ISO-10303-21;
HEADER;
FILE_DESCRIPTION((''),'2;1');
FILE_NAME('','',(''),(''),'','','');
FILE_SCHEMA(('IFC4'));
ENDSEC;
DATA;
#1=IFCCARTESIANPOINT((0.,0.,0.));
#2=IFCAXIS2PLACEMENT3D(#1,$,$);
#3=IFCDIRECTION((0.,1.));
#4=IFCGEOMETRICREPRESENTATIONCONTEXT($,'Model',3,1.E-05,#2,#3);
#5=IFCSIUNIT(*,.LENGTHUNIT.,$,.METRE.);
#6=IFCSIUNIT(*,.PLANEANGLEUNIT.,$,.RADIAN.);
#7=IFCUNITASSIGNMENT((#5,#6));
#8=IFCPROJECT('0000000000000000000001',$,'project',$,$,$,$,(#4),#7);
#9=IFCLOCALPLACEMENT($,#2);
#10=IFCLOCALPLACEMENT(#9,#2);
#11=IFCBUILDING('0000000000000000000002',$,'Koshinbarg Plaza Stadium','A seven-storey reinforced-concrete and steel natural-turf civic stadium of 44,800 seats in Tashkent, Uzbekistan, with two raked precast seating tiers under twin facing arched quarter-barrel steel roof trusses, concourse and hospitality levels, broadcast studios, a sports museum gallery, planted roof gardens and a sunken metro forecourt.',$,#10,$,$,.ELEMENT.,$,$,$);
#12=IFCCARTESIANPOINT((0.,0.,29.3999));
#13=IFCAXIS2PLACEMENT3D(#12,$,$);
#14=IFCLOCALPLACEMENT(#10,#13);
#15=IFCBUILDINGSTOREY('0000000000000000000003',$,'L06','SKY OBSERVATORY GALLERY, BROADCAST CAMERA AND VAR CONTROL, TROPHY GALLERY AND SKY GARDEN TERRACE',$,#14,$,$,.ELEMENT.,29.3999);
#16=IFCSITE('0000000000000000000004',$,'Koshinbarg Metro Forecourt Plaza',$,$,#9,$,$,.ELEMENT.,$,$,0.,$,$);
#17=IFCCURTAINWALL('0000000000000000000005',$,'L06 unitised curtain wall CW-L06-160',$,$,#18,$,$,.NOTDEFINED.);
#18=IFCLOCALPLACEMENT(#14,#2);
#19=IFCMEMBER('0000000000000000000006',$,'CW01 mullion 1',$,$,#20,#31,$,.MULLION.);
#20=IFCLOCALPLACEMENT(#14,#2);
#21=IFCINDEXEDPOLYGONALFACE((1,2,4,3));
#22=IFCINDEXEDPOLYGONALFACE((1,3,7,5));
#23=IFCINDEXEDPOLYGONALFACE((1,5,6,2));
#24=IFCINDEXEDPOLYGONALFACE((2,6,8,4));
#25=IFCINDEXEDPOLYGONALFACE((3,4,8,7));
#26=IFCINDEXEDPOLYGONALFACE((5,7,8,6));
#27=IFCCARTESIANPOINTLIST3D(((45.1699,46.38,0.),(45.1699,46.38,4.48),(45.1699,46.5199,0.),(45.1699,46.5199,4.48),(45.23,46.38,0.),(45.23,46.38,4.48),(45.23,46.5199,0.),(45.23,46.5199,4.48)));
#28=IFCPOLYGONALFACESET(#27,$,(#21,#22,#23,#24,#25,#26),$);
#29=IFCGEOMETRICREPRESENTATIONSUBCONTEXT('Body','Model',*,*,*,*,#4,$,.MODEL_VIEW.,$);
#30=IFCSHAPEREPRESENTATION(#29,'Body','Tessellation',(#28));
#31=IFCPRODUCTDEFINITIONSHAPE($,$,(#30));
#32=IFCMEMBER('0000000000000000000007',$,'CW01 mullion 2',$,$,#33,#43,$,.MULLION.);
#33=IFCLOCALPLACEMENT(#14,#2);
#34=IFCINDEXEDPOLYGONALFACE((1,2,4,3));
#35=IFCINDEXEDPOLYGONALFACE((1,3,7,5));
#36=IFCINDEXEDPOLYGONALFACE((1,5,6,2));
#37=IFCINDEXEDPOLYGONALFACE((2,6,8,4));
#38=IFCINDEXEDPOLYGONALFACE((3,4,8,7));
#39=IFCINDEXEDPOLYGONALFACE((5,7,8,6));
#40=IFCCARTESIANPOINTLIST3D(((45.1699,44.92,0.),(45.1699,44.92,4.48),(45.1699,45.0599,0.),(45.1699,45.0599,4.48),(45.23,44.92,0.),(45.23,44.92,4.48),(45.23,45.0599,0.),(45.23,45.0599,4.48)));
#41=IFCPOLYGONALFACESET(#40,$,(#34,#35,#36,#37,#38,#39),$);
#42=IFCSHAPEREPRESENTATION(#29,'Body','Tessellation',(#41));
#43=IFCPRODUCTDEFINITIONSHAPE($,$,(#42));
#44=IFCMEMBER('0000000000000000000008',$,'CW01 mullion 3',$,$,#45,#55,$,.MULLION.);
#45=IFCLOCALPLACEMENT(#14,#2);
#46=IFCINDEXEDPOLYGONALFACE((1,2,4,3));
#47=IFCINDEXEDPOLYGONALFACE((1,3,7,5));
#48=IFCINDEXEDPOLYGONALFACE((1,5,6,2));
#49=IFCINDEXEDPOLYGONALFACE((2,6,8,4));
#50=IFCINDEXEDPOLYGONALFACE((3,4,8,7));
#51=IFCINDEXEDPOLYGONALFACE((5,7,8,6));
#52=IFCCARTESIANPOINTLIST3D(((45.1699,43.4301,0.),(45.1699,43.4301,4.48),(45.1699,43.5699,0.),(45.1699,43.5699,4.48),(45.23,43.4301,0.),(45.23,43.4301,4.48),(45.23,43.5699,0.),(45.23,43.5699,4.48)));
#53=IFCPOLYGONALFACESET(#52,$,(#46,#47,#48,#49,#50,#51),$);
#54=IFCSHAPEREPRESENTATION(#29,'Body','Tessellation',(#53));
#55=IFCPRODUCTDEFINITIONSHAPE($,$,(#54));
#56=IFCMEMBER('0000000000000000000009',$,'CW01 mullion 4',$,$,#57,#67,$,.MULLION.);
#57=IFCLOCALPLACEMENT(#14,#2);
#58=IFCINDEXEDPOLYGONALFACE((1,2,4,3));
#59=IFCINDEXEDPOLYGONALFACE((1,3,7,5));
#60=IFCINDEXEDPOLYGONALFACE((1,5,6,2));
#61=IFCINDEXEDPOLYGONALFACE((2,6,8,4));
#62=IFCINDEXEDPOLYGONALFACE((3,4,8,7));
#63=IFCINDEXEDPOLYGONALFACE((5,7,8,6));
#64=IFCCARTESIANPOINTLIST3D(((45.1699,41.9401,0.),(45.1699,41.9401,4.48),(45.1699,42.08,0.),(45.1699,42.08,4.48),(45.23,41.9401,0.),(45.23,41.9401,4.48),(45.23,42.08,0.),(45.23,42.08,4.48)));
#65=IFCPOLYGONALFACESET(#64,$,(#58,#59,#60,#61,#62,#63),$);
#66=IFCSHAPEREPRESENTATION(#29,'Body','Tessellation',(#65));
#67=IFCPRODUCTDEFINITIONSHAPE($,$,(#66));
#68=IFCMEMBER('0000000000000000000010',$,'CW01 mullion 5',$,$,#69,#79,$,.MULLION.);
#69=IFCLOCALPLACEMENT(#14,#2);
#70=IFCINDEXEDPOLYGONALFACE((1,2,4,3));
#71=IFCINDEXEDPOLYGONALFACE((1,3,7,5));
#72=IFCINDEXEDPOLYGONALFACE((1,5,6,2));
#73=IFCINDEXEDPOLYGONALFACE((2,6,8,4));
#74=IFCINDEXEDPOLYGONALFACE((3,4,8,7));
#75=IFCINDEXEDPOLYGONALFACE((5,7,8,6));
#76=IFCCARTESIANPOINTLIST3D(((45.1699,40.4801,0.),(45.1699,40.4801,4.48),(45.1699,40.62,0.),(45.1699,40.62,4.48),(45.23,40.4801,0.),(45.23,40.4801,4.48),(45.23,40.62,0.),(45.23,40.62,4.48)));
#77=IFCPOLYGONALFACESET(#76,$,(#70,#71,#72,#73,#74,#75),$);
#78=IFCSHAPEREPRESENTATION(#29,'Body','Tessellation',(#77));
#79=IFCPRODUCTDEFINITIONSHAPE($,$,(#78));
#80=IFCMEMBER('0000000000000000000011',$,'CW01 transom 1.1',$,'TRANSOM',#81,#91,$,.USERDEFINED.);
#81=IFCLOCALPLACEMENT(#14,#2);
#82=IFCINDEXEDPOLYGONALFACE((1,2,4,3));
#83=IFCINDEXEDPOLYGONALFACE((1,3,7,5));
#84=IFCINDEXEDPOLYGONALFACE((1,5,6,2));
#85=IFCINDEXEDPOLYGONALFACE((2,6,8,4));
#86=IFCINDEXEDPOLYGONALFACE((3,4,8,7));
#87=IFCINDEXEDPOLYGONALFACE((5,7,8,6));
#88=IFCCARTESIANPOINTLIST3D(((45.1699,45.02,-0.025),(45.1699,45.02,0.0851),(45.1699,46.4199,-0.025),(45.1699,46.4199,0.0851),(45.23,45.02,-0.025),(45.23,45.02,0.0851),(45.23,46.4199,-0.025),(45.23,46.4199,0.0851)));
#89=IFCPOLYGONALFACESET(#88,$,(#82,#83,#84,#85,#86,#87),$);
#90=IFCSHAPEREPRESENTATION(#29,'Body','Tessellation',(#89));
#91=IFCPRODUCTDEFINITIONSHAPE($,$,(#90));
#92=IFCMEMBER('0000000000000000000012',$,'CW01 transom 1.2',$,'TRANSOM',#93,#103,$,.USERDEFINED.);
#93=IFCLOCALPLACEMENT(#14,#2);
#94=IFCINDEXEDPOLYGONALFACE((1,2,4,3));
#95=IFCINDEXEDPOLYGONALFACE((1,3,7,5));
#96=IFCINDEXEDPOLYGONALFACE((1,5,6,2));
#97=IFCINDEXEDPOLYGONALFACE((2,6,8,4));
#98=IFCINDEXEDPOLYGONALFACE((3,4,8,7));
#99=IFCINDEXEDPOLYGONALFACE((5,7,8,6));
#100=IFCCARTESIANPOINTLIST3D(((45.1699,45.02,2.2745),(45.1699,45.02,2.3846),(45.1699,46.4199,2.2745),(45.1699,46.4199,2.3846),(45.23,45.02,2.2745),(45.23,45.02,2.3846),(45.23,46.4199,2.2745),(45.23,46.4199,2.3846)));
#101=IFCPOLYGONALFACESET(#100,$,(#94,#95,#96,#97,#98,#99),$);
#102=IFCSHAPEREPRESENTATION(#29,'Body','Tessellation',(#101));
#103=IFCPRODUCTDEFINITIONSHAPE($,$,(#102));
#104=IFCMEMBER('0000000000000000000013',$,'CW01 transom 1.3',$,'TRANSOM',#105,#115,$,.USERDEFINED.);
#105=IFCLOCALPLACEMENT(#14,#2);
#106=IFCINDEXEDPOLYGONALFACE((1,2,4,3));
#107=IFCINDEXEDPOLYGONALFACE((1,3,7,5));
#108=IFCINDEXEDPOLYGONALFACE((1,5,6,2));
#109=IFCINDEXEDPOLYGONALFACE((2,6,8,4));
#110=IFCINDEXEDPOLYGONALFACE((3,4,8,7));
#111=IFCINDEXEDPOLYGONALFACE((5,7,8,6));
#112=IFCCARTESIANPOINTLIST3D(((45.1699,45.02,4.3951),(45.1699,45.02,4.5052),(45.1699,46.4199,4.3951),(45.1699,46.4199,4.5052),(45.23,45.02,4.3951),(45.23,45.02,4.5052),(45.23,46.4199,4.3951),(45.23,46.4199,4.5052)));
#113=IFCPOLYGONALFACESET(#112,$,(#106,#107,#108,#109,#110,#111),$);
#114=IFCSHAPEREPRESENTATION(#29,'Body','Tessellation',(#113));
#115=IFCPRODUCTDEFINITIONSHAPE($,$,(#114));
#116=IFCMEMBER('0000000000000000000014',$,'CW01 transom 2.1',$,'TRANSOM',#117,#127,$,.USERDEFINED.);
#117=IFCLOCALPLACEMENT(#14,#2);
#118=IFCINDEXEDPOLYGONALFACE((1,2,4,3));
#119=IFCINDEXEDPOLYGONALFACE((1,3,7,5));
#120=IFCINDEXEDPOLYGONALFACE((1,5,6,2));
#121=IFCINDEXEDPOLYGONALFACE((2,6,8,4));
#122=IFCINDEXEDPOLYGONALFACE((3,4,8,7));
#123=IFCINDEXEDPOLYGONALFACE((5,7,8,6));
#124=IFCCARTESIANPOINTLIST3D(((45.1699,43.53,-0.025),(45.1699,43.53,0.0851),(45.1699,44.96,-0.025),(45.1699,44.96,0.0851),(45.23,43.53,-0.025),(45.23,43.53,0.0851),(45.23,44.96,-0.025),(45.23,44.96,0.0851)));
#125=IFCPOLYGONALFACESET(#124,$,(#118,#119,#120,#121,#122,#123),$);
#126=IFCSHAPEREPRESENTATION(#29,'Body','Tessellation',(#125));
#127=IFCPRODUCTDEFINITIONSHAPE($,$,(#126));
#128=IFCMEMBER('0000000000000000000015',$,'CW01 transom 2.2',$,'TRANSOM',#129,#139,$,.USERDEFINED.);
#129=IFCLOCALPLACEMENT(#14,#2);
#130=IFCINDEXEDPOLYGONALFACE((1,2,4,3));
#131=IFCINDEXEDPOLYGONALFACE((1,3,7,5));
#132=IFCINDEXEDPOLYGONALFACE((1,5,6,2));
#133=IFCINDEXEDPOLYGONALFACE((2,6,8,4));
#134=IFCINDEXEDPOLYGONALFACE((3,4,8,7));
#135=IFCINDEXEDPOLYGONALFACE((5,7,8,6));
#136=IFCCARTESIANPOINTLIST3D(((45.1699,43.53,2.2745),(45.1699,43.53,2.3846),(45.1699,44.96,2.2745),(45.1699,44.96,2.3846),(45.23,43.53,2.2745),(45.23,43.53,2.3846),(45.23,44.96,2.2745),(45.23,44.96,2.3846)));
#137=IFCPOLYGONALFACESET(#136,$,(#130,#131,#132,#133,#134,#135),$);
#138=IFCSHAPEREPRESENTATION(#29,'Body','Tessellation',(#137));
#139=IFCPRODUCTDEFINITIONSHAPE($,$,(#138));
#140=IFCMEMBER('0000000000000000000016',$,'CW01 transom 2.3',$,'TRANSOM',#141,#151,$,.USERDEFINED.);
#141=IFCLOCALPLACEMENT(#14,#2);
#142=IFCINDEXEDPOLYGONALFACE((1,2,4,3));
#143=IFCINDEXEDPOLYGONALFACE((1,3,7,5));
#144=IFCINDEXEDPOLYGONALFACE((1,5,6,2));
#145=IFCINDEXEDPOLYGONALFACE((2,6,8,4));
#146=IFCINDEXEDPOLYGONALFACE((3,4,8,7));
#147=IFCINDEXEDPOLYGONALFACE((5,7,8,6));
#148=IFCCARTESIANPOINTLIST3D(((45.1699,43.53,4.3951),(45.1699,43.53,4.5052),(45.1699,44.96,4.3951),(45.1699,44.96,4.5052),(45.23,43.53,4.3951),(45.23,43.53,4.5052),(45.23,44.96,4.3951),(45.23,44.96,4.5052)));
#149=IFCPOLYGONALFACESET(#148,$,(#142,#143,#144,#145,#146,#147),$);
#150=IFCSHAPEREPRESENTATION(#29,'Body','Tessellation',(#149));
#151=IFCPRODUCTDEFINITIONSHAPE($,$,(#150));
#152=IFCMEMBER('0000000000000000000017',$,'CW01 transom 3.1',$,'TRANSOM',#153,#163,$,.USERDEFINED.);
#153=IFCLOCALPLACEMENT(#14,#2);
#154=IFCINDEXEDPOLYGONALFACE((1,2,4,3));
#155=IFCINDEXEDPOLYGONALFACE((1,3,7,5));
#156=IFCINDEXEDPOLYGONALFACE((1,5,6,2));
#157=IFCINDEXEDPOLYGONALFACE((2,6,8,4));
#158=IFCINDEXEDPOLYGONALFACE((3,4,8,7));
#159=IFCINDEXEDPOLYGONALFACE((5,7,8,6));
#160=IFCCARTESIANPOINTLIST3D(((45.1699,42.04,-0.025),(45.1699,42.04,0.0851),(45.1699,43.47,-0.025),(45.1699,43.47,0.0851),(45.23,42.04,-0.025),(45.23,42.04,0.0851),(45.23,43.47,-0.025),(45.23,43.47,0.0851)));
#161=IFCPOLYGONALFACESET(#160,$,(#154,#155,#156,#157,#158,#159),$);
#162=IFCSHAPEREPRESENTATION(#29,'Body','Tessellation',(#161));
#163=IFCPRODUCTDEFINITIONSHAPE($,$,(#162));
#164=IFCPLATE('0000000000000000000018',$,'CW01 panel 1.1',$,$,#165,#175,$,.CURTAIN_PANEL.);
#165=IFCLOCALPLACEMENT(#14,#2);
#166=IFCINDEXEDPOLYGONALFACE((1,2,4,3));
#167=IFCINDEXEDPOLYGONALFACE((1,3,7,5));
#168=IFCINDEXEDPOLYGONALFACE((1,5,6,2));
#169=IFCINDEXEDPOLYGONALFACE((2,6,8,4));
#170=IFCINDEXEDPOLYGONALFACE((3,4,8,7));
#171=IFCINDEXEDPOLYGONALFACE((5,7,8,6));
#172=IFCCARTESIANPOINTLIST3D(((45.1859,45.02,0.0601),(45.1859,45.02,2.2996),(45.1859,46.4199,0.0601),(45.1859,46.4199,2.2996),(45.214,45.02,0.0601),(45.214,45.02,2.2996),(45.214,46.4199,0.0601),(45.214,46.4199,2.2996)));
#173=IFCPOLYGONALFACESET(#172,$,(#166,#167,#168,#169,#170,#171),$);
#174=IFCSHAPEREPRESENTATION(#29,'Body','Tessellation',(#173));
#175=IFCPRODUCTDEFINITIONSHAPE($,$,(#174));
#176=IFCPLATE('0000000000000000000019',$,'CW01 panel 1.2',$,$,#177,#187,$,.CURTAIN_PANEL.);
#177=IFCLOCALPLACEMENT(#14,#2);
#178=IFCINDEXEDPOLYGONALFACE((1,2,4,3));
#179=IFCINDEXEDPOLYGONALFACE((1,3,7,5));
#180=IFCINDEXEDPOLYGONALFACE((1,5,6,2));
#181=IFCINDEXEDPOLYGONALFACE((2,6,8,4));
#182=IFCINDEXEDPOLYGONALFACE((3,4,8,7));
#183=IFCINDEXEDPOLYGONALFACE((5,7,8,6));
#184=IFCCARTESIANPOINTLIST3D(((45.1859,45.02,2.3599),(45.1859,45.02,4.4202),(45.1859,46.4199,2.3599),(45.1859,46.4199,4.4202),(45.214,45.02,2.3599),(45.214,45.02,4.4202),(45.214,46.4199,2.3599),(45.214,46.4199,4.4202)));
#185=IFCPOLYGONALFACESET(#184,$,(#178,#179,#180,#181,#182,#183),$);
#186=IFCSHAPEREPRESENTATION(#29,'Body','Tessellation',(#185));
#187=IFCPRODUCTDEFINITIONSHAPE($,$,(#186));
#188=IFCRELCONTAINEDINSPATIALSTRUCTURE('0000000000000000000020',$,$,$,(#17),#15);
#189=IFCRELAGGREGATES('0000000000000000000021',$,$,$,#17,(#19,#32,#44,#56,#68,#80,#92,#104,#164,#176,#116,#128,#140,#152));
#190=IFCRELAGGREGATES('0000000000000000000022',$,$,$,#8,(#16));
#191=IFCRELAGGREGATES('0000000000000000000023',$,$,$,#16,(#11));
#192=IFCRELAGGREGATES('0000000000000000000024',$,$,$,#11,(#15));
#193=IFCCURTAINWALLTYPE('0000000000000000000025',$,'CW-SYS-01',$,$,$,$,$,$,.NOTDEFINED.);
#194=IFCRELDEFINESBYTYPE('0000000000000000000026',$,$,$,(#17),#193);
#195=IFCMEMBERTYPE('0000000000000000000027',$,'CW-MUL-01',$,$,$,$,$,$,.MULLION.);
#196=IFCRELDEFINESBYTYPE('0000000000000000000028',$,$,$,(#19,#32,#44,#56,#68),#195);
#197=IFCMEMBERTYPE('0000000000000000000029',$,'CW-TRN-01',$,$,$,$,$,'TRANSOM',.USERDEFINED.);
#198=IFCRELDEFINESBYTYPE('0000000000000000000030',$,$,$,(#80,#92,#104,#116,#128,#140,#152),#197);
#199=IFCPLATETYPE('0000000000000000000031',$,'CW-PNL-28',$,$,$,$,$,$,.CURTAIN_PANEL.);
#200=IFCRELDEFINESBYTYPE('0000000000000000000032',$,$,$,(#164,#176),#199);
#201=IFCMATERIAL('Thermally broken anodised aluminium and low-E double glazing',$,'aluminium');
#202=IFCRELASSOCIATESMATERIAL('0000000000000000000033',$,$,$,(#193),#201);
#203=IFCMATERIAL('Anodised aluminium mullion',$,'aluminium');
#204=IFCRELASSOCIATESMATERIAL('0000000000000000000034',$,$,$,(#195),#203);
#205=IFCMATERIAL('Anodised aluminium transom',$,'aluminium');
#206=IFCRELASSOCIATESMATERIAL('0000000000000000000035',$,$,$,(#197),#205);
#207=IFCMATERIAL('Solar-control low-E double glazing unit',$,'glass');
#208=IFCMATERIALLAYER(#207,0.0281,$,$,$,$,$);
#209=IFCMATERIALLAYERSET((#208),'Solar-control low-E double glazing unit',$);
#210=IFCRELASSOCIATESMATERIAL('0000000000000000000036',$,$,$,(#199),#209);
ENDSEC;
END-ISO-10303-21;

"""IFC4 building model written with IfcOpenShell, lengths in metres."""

from ifc_helpers import new_model, si_unit, direction, frame, origin, origin_2d, place, context, subcontext, project, spatial, rectangle, extrude, material, layer, layer_set, material_profile, profile_set, type_object, element, aggregate, save


model = new_model("IFC4")

# Units and contexts
model_context = context("Model", 3, precision=1e-05, world=origin(), true_north=direction((0.0, 1.0)))
body_context = subcontext(model_context, "Body", "Model", "MODEL_VIEW")
ifc_project = project(units=[si_unit("LENGTHUNIT", "METRE"), si_unit("PLANEANGLEUNIT", "RADIAN")], contexts=[model_context])

# Site, building, storey
site_placement = place(None, origin())
site = spatial("IfcSite", under=ifc_project, at=site_placement, Name="Koshinbarg Metro Forecourt Plaza", CompositionType="ELEMENT", RefElevation=0.0)
building_placement = place(site_placement, origin())
building = spatial("IfcBuilding", under=site, at=building_placement, Name="Koshinbarg Plaza Stadium", Description="A seven-storey reinforced-concrete and steel natural-turf civic stadium of 44,800 seats in Tashkent, Uzbekistan, with two raked precast seating tiers under twin facing arched quarter-barrel steel roof trusses, concourse and hospitality levels, broadcast studios, a sports museum gallery, planted roof gardens and a sunken metro forecourt.", CompositionType="ELEMENT")
storey_placement = place(building_placement, frame((0.0, 0.0, 29.3999)))
storey = spatial("IfcBuildingStorey", under=building, at=storey_placement, Name="L06", Description="SKY OBSERVATORY GALLERY, BROADCAST CAMERA AND VAR CONTROL, TROPHY GALLERY AND SKY GARDEN TERRACE", CompositionType="ELEMENT", Elevation=29.3999)

# Curtain wall, members, plates
ifc_material_1 = material(Name="Thermally broken anodised aluminium and low-E double glazing", Category="aluminium")
curtain_wall_type_1 = type_object("IfcCurtainWallType", Name="CW-SYS-01", PredefinedType="NOTDEFINED", material=ifc_material_1)
curtain_wall_1_placement = place(storey_placement, origin())
curtain_wall_1 = element("IfcCurtainWall", 1, at=curtain_wall_1_placement, inside=storey, type_object=curtain_wall_type_1, Name="L06 unitised curtain wall CW-L06-160", PredefinedType="NOTDEFINED")
ifc_material_2 = material(Name="Anodised aluminium mullion", Category="aluminium")
ifc_material_profile_1 = material_profile(ifc_material_2, rectangle(XDim=0.0601, YDim=0.1399, at=origin_2d()), Name="ALU 60x140")
ifc_profile_set_1 = profile_set([ifc_material_profile_1], Name="Anodised aluminium mullion")
member_type_1 = type_object("IfcMemberType", Name="CW-MUL-01", PredefinedType="MULLION", material=ifc_profile_set_1)
member_1_placement = place(storey_placement, frame((45.2, 46.45, 0.0), z_axis=(0.0, 0.0, 1.0), x_axis=(1.0, 0.0, 0.0)))
member_1 = element("IfcMember", 2, at=member_1_placement, type_object=member_type_1, Name="CW01 mullion 1", PredefinedType="MULLION", context=body_context, shape_type="SweptSolid", body=[
    extrude(rectangle(XDim=0.0601, YDim=0.1399, at=origin_2d()), origin(), (0.0, 0.0, 1.0), 4.48),
])
member_2_placement = place(storey_placement, frame((45.2, 44.99, 0.0), z_axis=(0.0, 0.0, 1.0), x_axis=(1.0, 0.0, 0.0)))
member_2 = element("IfcMember", 3, at=member_2_placement, type_object=member_type_1, Name="CW01 mullion 2", PredefinedType="MULLION", context=body_context, shape_type="SweptSolid", body=[
    extrude(rectangle(XDim=0.0601, YDim=0.1399, at=origin_2d()), origin(), (0.0, 0.0, 1.0), 4.48),
])
member_3_placement = place(storey_placement, frame((45.2, 43.5, 0.0), z_axis=(0.0, 0.0, 1.0), x_axis=(1.0, 0.0, 0.0)))
member_3 = element("IfcMember", 4, at=member_3_placement, type_object=member_type_1, Name="CW01 mullion 3", PredefinedType="MULLION", context=body_context, shape_type="SweptSolid", body=[
    extrude(rectangle(XDim=0.0601, YDim=0.1399, at=origin_2d()), origin(), (0.0, 0.0, 1.0), 4.48),
])
member_4_placement = place(storey_placement, frame((45.2, 42.01, 0.0), z_axis=(0.0, 0.0, 1.0), x_axis=(1.0, 0.0, 0.0)))
member_4 = element("IfcMember", 5, at=member_4_placement, type_object=member_type_1, Name="CW01 mullion 4", PredefinedType="MULLION", context=body_context, shape_type="SweptSolid", body=[
    extrude(rectangle(XDim=0.0601, YDim=0.1399, at=origin_2d()), origin(), (0.0, 0.0, 1.0), 4.48),
])
member_5_placement = place(storey_placement, frame((45.2, 40.55, 0.0), z_axis=(0.0, 0.0, 1.0), x_axis=(1.0, 0.0, 0.0)))
member_5 = element("IfcMember", 6, at=member_5_placement, type_object=member_type_1, Name="CW01 mullion 5", PredefinedType="MULLION", context=body_context, shape_type="SweptSolid", body=[
    extrude(rectangle(XDim=0.0601, YDim=0.1399, at=origin_2d()), origin(), (0.0, 0.0, 1.0), 4.48),
])
ifc_material_3 = material(Name="Anodised aluminium transom", Category="aluminium")
ifc_material_profile_2 = material_profile(ifc_material_3, rectangle(XDim=0.0601, YDim=0.1101, at=origin_2d()), Name="ALU 60x110")
ifc_profile_set_2 = profile_set([ifc_material_profile_2], Name="Anodised aluminium transom")
member_type_2 = type_object("IfcMemberType", Name="CW-TRN-01", ElementType="TRANSOM", PredefinedType="USERDEFINED", material=ifc_profile_set_2)
member_6_placement = place(storey_placement, frame((45.2, 46.4199, 0.03), z_axis=(0.0, -1.0, 0.0), x_axis=(1.0, 0.0, 0.0)))
member_6 = element("IfcMember", 7, at=member_6_placement, type_object=member_type_2, Name="CW01 transom 1.1", ObjectType="TRANSOM", PredefinedType="USERDEFINED", context=body_context, shape_type="SweptSolid", body=[
    extrude(rectangle(XDim=0.0601, YDim=0.1101, at=origin_2d()), origin(), (0.0, 0.0, 1.0), 1.3999),
])
member_7_placement = place(storey_placement, frame((45.2, 46.4199, 2.3296), z_axis=(0.0, -1.0, 0.0), x_axis=(1.0, 0.0, 0.0)))
member_7 = element("IfcMember", 8, at=member_7_placement, type_object=member_type_2, Name="CW01 transom 1.2", ObjectType="TRANSOM", PredefinedType="USERDEFINED", context=body_context, shape_type="SweptSolid", body=[
    extrude(rectangle(XDim=0.0601, YDim=0.1101, at=origin_2d()), origin(), (0.0, 0.0, 1.0), 1.3999),
])
member_8_placement = place(storey_placement, frame((45.2, 46.4199, 4.4502), z_axis=(0.0, -1.0, 0.0), x_axis=(1.0, 0.0, 0.0)))
member_8 = element("IfcMember", 9, at=member_8_placement, type_object=member_type_2, Name="CW01 transom 1.3", ObjectType="TRANSOM", PredefinedType="USERDEFINED", context=body_context, shape_type="SweptSolid", body=[
    extrude(rectangle(XDim=0.0601, YDim=0.1101, at=origin_2d()), origin(), (0.0, 0.0, 1.0), 1.3999),
])
member_9_placement = place(storey_placement, frame((45.2, 44.96, 0.03), z_axis=(0.0, -1.0, 0.0), x_axis=(1.0, 0.0, 0.0)))
member_9 = element("IfcMember", 10, at=member_9_placement, type_object=member_type_2, Name="CW01 transom 2.1", ObjectType="TRANSOM", PredefinedType="USERDEFINED", context=body_context, shape_type="SweptSolid", body=[
    extrude(rectangle(XDim=0.0601, YDim=0.1101, at=origin_2d()), origin(), (0.0, 0.0, 1.0), 1.4299),
])
member_10_placement = place(storey_placement, frame((45.2, 44.96, 2.3296), z_axis=(0.0, -1.0, 0.0), x_axis=(1.0, 0.0, 0.0)))
member_10 = element("IfcMember", 11, at=member_10_placement, type_object=member_type_2, Name="CW01 transom 2.2", ObjectType="TRANSOM", PredefinedType="USERDEFINED", context=body_context, shape_type="SweptSolid", body=[
    extrude(rectangle(XDim=0.0601, YDim=0.1101, at=origin_2d()), origin(), (0.0, 0.0, 1.0), 1.4299),
])
member_11_placement = place(storey_placement, frame((45.2, 44.96, 4.4502), z_axis=(0.0, -1.0, 0.0), x_axis=(1.0, 0.0, 0.0)))
member_11 = element("IfcMember", 12, at=member_11_placement, type_object=member_type_2, Name="CW01 transom 2.3", ObjectType="TRANSOM", PredefinedType="USERDEFINED", context=body_context, shape_type="SweptSolid", body=[
    extrude(rectangle(XDim=0.0601, YDim=0.1101, at=origin_2d()), origin(), (0.0, 0.0, 1.0), 1.4299),
])
member_12_placement = place(storey_placement, frame((45.2, 43.47, 0.03), z_axis=(0.0, -1.0, 0.0), x_axis=(1.0, 0.0, 0.0)))
member_12 = element("IfcMember", 13, at=member_12_placement, type_object=member_type_2, Name="CW01 transom 3.1", ObjectType="TRANSOM", PredefinedType="USERDEFINED", context=body_context, shape_type="SweptSolid", body=[
    extrude(rectangle(XDim=0.0601, YDim=0.1101, at=origin_2d()), origin(), (0.0, 0.0, 1.0), 1.4299),
])
ifc_material_4 = material(Name="Solar-control low-E double glazing unit", Category="glass")
ifc_layer_1 = layer(ifc_material_4, 0.0281)
ifc_layer_set_1 = layer_set([ifc_layer_1], Name="Solar-control low-E double glazing unit")
plate_type_1 = type_object("IfcPlateType", Name="CW-PNL-28", PredefinedType="CURTAIN_PANEL", material=ifc_layer_set_1)
plate_1_placement = place(storey_placement, frame((45.2, 45.72, 0.0601), z_axis=(0.0, 0.0, 1.0), x_axis=(0.0, -1.0, 0.0)))
plate_1 = element("IfcPlate", 14, at=plate_1_placement, type_object=plate_type_1, Name="CW01 panel 1.1", PredefinedType="CURTAIN_PANEL", context=body_context, shape_type="SweptSolid", body=[
    extrude(rectangle(XDim=1.3999, YDim=0.0281, at=origin_2d()), origin(), (0.0, 0.0, 1.0), 2.2395),
])
plate_2_placement = place(storey_placement, frame((45.2, 45.72, 2.3599), z_axis=(0.0, 0.0, 1.0), x_axis=(0.0, -1.0, 0.0)))
plate_2 = element("IfcPlate", 15, at=plate_2_placement, type_object=plate_type_1, Name="CW01 panel 1.2", PredefinedType="CURTAIN_PANEL", context=body_context, shape_type="SweptSolid", body=[
    extrude(rectangle(XDim=1.3999, YDim=0.0281, at=origin_2d()), origin(), (0.0, 0.0, 1.0), 2.0603),
])
aggregate(curtain_wall_1, [member_1, member_2, member_3, member_4, member_5, member_6, member_7, member_8, plate_1, plate_2, member_9, member_10, member_11, member_12])

save(model, "model.ifc")
